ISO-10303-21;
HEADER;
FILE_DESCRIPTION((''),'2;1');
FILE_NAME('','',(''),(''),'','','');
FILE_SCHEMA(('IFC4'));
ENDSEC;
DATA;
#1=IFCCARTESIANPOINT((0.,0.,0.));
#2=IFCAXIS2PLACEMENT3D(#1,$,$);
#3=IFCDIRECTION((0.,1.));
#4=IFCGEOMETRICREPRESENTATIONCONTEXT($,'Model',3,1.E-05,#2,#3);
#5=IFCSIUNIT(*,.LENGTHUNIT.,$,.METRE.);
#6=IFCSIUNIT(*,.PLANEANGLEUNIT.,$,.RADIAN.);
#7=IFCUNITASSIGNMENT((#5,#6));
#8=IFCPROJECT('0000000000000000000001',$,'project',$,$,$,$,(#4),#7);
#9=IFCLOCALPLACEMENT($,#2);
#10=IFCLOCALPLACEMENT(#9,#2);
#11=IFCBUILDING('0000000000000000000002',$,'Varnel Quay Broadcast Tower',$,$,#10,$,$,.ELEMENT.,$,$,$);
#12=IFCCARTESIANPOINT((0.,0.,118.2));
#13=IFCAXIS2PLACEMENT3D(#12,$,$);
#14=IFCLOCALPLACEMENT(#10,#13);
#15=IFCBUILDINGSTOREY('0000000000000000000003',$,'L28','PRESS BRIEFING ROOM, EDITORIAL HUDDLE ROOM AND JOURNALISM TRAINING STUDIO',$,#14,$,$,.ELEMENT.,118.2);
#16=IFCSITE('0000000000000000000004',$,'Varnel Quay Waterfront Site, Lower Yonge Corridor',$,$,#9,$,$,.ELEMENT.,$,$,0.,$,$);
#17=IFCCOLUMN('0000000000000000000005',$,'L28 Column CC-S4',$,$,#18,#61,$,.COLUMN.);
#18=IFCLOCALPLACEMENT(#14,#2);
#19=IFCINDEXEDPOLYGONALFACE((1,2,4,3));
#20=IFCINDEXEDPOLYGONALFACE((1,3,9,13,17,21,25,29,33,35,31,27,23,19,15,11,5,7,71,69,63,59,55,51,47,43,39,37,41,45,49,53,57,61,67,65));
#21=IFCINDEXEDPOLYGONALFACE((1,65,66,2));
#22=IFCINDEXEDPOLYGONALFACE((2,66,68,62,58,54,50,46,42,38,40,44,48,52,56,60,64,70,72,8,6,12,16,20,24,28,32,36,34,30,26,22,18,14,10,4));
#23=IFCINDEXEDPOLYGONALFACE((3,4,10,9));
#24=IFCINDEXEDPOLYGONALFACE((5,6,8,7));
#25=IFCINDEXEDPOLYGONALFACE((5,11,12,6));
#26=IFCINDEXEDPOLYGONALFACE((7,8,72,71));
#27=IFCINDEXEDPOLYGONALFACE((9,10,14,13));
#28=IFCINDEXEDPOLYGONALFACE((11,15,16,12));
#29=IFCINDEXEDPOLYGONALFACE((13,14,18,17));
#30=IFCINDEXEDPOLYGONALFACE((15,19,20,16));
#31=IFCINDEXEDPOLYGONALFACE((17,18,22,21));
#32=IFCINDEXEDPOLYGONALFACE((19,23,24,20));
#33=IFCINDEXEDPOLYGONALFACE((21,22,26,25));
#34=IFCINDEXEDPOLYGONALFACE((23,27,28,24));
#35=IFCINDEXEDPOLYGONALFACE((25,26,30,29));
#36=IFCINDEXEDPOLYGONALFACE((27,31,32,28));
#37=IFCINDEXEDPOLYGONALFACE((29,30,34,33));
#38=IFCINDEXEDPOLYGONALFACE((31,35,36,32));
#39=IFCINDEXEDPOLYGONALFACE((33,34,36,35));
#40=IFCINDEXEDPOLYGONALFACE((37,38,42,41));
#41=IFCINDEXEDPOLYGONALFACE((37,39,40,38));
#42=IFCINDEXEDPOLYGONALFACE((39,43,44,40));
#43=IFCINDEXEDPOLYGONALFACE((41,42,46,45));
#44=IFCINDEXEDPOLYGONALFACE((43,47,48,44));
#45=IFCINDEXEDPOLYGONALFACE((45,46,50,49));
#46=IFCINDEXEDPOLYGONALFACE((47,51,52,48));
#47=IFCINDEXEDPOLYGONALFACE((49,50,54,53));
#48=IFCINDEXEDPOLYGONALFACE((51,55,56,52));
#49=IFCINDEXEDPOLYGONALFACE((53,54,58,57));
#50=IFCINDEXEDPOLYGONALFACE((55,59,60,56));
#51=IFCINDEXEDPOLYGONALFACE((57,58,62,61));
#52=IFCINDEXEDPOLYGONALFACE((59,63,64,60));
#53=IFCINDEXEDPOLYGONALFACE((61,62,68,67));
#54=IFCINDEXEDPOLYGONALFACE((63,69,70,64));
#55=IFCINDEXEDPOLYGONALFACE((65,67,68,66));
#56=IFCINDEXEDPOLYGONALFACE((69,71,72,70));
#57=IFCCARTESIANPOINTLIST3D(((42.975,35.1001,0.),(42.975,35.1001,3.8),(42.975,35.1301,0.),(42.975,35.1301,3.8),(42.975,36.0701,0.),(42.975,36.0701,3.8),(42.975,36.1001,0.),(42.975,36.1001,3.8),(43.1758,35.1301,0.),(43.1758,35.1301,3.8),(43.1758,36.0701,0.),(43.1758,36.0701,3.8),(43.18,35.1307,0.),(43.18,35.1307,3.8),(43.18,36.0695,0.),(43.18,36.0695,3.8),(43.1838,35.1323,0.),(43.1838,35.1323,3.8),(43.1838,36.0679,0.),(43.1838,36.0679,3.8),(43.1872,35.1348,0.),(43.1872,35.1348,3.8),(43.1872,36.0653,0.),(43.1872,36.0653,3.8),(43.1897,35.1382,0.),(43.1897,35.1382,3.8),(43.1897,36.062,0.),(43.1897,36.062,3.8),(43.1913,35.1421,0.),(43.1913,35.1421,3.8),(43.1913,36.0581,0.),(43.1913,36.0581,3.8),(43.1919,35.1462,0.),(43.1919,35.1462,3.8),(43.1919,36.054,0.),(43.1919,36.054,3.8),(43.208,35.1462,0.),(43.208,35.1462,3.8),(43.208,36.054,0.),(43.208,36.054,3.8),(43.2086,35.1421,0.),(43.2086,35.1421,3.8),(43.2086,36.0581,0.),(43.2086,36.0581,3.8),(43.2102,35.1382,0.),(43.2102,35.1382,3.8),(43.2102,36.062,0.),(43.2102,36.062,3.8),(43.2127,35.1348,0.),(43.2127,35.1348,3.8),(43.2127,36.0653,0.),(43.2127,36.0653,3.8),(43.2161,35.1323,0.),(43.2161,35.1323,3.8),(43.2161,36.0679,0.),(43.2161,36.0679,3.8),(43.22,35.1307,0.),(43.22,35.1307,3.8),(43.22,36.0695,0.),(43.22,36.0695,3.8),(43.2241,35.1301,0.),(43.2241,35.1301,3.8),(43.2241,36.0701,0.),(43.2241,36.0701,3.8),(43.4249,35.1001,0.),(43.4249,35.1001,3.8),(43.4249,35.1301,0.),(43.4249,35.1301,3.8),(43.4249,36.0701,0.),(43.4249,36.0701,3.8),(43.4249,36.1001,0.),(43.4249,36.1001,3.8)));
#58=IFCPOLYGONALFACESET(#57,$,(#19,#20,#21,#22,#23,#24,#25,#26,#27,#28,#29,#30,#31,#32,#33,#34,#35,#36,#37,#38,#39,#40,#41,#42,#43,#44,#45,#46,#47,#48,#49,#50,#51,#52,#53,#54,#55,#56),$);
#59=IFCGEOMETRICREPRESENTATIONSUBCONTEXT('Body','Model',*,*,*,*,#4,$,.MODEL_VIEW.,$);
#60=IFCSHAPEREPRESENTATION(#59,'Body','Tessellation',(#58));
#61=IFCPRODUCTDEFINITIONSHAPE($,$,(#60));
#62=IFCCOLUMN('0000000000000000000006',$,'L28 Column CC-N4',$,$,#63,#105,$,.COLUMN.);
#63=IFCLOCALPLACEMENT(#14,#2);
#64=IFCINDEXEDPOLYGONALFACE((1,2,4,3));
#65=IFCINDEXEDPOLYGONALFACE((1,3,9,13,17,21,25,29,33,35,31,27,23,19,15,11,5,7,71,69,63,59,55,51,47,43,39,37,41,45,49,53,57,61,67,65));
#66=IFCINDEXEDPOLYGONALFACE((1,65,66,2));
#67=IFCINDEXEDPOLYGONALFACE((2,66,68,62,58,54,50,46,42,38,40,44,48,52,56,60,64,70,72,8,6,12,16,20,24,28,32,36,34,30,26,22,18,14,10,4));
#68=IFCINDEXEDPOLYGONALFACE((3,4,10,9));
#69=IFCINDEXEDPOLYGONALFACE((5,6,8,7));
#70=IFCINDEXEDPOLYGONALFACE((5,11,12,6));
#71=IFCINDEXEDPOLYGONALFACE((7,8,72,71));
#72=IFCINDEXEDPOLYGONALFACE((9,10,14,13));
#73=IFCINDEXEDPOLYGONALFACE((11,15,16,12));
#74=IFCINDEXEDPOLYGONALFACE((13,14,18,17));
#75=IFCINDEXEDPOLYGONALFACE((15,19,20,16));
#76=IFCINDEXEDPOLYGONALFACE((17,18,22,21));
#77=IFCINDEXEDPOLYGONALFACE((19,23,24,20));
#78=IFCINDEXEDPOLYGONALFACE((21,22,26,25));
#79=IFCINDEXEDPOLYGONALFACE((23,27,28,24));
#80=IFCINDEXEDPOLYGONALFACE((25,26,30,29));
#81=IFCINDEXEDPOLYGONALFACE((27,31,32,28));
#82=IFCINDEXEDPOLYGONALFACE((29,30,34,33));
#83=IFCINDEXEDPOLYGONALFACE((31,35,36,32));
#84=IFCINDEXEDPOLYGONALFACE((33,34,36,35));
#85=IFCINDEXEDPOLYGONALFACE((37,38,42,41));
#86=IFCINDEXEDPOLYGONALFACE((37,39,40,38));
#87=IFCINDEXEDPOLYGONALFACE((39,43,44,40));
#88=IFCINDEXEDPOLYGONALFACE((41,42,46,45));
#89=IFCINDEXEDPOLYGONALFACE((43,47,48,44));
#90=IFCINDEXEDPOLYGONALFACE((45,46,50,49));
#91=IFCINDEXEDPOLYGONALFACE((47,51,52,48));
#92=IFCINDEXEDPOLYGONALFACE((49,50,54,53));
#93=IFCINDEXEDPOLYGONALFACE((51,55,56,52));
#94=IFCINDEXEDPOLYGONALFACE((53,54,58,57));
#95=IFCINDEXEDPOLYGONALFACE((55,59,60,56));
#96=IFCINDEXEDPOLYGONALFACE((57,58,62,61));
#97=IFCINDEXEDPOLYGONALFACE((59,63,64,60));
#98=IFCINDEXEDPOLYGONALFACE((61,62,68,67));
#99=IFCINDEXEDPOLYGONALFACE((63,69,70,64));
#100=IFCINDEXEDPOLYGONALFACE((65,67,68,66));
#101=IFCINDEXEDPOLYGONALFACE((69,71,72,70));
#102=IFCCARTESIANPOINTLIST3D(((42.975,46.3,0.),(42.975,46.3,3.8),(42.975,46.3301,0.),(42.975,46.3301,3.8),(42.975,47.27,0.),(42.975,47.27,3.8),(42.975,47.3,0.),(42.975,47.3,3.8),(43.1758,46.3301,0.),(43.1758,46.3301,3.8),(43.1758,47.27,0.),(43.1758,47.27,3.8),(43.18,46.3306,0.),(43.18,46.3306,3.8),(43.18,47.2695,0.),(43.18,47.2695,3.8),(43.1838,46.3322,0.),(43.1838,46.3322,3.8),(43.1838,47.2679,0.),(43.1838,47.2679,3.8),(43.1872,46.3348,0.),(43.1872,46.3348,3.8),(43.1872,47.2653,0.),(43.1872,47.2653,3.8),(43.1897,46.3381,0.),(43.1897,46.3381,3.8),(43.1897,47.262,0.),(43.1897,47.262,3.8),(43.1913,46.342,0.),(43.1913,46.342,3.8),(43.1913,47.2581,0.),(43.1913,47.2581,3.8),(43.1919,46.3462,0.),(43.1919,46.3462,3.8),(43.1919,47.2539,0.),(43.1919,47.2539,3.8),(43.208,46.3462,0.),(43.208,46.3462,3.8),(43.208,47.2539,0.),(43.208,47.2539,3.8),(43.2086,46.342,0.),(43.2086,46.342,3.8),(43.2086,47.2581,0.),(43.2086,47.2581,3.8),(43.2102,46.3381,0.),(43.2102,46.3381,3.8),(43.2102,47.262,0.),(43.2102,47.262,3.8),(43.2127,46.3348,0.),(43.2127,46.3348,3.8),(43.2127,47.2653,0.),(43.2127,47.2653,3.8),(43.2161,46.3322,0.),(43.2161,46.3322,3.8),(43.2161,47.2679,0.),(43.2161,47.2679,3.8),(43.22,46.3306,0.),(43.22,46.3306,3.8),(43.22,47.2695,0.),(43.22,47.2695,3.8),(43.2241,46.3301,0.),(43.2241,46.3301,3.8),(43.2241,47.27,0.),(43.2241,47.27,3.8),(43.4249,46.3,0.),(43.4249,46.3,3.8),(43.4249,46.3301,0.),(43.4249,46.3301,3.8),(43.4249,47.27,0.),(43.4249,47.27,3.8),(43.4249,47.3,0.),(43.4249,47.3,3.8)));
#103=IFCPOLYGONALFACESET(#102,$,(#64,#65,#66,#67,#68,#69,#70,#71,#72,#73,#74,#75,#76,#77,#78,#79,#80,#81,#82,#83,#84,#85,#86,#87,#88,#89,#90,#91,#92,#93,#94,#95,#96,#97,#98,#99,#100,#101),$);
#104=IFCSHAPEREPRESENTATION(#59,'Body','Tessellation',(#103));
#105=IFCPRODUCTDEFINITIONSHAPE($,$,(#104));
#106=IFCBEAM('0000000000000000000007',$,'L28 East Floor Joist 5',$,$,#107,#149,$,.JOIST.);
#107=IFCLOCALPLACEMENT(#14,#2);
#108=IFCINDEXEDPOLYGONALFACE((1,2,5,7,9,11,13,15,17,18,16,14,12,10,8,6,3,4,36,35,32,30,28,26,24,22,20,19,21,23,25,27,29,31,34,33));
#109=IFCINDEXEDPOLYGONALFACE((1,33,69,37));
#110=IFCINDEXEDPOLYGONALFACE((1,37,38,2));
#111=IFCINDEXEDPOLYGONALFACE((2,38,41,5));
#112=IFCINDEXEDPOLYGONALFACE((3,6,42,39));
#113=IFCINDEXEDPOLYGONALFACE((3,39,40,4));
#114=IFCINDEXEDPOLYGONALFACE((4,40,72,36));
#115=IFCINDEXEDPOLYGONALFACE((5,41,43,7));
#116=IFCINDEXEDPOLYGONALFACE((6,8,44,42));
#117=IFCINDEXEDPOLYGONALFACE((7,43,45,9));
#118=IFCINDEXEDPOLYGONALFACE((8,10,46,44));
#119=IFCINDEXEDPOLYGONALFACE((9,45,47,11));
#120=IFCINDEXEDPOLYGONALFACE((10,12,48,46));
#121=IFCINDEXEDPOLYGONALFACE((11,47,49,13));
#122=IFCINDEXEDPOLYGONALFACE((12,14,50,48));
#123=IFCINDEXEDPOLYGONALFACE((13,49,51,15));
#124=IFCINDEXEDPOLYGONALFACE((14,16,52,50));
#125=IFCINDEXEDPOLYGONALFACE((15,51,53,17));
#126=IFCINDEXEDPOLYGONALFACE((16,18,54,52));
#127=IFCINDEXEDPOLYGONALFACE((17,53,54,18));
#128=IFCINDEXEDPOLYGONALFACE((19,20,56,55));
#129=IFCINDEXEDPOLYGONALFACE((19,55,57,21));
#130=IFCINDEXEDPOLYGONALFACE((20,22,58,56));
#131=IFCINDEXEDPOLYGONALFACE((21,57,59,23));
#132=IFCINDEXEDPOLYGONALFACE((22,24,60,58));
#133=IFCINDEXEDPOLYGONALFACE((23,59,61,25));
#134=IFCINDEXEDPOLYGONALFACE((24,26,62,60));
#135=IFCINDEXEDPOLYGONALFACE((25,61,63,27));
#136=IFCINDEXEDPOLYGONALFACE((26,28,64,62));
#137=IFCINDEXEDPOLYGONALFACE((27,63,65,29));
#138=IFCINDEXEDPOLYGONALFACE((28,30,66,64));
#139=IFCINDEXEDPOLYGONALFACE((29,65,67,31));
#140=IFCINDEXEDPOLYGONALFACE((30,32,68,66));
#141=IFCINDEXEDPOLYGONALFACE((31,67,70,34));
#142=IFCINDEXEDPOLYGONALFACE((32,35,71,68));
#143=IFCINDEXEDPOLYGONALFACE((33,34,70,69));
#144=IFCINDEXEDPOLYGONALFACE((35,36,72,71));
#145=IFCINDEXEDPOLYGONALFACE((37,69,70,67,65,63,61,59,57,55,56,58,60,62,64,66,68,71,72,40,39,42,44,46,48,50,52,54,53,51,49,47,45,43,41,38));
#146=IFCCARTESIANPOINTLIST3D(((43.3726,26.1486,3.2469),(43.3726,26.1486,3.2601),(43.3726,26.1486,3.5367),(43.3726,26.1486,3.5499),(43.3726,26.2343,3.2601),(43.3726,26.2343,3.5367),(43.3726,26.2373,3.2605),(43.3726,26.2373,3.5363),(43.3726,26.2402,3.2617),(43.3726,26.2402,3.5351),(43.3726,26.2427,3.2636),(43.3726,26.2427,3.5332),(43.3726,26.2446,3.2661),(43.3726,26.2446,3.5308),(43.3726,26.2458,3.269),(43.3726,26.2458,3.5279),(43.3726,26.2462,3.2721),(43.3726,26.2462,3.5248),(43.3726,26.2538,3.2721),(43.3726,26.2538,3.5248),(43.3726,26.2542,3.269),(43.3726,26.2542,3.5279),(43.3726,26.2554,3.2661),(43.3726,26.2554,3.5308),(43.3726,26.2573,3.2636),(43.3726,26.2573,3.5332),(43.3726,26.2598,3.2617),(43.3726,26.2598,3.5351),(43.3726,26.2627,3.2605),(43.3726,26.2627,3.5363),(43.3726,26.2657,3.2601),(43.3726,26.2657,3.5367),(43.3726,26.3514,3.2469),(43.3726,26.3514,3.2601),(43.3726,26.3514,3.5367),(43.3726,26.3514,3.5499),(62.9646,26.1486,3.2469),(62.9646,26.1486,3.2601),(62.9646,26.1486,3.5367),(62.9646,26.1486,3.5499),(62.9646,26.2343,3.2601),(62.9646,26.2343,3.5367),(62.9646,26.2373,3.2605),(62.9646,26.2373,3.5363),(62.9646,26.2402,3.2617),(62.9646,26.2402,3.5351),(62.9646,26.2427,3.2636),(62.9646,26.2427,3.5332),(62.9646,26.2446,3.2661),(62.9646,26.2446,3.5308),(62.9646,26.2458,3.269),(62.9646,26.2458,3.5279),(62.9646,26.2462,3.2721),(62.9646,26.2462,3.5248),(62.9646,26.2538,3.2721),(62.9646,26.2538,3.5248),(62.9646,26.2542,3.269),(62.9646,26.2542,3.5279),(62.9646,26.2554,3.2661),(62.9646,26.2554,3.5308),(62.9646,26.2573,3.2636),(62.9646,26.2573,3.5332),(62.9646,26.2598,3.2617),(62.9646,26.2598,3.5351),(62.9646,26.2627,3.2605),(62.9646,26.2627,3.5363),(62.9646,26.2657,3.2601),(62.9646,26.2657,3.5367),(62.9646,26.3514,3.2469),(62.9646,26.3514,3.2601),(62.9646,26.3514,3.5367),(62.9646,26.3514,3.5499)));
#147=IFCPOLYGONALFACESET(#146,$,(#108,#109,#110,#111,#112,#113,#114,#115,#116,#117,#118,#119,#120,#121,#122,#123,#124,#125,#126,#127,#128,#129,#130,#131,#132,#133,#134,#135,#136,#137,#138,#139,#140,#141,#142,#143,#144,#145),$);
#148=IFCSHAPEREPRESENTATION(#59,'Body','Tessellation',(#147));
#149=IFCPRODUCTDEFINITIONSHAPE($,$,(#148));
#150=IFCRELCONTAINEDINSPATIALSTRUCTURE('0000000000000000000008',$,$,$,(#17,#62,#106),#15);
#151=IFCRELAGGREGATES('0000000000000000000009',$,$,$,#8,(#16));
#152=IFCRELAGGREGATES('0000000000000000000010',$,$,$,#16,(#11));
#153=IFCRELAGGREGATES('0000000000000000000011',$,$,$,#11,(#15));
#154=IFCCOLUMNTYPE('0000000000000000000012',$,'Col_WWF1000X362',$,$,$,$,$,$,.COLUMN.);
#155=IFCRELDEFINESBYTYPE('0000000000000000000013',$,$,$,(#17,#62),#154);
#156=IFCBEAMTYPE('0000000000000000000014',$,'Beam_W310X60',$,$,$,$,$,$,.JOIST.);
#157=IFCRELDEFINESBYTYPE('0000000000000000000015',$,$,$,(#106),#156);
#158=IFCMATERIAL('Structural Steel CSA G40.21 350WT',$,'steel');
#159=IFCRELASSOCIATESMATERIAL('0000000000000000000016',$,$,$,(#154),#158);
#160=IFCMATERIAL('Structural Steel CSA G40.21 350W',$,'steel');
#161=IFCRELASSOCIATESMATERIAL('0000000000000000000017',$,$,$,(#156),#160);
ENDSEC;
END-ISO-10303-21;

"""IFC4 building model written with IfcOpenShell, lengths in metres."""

from ifc_helpers import new_model, si_unit, direction, frame, origin, origin_2d, place, context, subcontext, project, spatial, i_section, extrude, source, transform, mapped, material, material_profile, profile_set, type_object, type_shapes, element, save


model = new_model("IFC4")

# Units and contexts
model_context = context("Model", 3, precision=1e-05, world=origin(), true_north=direction((0.0, 1.0)))
body_context = subcontext(model_context, "Body", "Model", "MODEL_VIEW")
ifc_project = project(units=[si_unit("LENGTHUNIT", "METRE"), si_unit("PLANEANGLEUNIT", "RADIAN")], contexts=[model_context])

# Site, building, storey
site_placement = place(None, origin())
site = spatial("IfcSite", under=ifc_project, at=site_placement, Name="Varnel Quay Waterfront Site, Lower Yonge Corridor", CompositionType="ELEMENT", RefElevation=0.0)
building_placement = place(site_placement, origin())
building = spatial("IfcBuilding", under=site, at=building_placement, Name="Varnel Quay Broadcast Tower", CompositionType="ELEMENT")
storey_placement = place(building_placement, frame((0.0, 0.0, 118.2)))
storey = spatial("IfcBuildingStorey", under=building, at=storey_placement, Name="L28", Description="PRESS BRIEFING ROOM, EDITORIAL HUDDLE ROOM AND JOURNALISM TRAINING STUDIO", CompositionType="ELEMENT", Elevation=118.2)

# Columns
ifc_material_1 = material(Name="Structural Steel CSA G40.21 350WT", Category="steel")
ifc_material_profile_1 = material_profile(ifc_material_1, i_section(OverallWidth=0.45, OverallDepth=1.0, WebThickness=0.0161, FlangeThickness=0.03, FilletRadius=0.0161, at=origin_2d()), Name="WWF1000X362")
ifc_profile_set_1 = profile_set([ifc_material_profile_1], Name="Structural Steel CSA G40.21 350WT")
column_type = type_object("IfcColumnType", Name="Col_WWF1000X362", PredefinedType="COLUMN", material=ifc_profile_set_1)
shared_shape_1 = source(origin(), body_context, "Body", "SweptSolid", [
    extrude(i_section(OverallWidth=0.45, OverallDepth=1.0, WebThickness=0.0161, FlangeThickness=0.03, FilletRadius=0.0161, at=origin_2d()), origin(), (0.0, 0.0, 1.0), 3.8),
])
type_shapes(column_type, [shared_shape_1])
for number, where, z_axis, x_axis, name in (
    (1, (43.2, 35.6001, 0.0), (0.0, 0.0, 1.0), (1.0, 0.0, 0.0), "L28 Column CC-S4"),
    (2, (43.2, 46.8, 0.0), (0.0, 0.0, 1.0), (1.0, 0.0, 0.0), "L28 Column CC-N4"),
):
    element("IfcColumn", number, at=place(storey_placement, frame(where, z_axis=z_axis, x_axis=x_axis)), inside=storey, type_object=column_type, Name=name, PredefinedType="COLUMN", context=body_context, shape_type="MappedRepresentation", body=[
        mapped(shared_shape_1, transform((0.0, 0.0, 0.0), x_axis=(1.0, 0.0, 0.0), y_axis=(0.0, 1.0, 0.0), z_axis=(0.0, 0.0, 1.0), scale=1.0)),
    ])

# Beam
ifc_material_2 = material(Name="Structural Steel CSA G40.21 350W", Category="steel")
ifc_material_profile_2 = material_profile(ifc_material_2, i_section(OverallWidth=0.2029, OverallDepth=0.303, WebThickness=0.0076, FlangeThickness=0.0132, FilletRadius=0.012, at=origin_2d()), Name="W310X60")
ifc_profile_set_2 = profile_set([ifc_material_profile_2], Name="Structural Steel CSA G40.21 350W")
beam_type_1 = type_object("IfcBeamType", Name="Beam_W310X60", PredefinedType="JOIST", material=ifc_profile_set_2)
shared_shape_2 = source(origin(), body_context, "Body", "SweptSolid", [
    extrude(i_section(OverallWidth=0.2029, OverallDepth=0.303, WebThickness=0.0076, FlangeThickness=0.0132, FilletRadius=0.012, at=origin_2d()), origin(), (0.0, 0.0, 1.0), 19.592),
])
type_shapes(beam_type_1, [shared_shape_2])
beam_1_placement = place(storey_placement, frame((43.3726, 26.25, 3.3984), z_axis=(1.0, 0.0, 0.0), x_axis=(0.0, 1.0, 0.0)))
element("IfcBeam", 3, at=beam_1_placement, inside=storey, type_object=beam_type_1, Name="L28 East Floor Joist 5", PredefinedType="JOIST", context=body_context, shape_type="MappedRepresentation", body=[
    mapped(shared_shape_2, transform((0.0, 0.0, 0.0), x_axis=(1.0, 0.0, 0.0), y_axis=(0.0, 1.0, 0.0), z_axis=(0.0, 0.0, 1.0), scale=1.0)),
])

save(model, "model.ifc")
